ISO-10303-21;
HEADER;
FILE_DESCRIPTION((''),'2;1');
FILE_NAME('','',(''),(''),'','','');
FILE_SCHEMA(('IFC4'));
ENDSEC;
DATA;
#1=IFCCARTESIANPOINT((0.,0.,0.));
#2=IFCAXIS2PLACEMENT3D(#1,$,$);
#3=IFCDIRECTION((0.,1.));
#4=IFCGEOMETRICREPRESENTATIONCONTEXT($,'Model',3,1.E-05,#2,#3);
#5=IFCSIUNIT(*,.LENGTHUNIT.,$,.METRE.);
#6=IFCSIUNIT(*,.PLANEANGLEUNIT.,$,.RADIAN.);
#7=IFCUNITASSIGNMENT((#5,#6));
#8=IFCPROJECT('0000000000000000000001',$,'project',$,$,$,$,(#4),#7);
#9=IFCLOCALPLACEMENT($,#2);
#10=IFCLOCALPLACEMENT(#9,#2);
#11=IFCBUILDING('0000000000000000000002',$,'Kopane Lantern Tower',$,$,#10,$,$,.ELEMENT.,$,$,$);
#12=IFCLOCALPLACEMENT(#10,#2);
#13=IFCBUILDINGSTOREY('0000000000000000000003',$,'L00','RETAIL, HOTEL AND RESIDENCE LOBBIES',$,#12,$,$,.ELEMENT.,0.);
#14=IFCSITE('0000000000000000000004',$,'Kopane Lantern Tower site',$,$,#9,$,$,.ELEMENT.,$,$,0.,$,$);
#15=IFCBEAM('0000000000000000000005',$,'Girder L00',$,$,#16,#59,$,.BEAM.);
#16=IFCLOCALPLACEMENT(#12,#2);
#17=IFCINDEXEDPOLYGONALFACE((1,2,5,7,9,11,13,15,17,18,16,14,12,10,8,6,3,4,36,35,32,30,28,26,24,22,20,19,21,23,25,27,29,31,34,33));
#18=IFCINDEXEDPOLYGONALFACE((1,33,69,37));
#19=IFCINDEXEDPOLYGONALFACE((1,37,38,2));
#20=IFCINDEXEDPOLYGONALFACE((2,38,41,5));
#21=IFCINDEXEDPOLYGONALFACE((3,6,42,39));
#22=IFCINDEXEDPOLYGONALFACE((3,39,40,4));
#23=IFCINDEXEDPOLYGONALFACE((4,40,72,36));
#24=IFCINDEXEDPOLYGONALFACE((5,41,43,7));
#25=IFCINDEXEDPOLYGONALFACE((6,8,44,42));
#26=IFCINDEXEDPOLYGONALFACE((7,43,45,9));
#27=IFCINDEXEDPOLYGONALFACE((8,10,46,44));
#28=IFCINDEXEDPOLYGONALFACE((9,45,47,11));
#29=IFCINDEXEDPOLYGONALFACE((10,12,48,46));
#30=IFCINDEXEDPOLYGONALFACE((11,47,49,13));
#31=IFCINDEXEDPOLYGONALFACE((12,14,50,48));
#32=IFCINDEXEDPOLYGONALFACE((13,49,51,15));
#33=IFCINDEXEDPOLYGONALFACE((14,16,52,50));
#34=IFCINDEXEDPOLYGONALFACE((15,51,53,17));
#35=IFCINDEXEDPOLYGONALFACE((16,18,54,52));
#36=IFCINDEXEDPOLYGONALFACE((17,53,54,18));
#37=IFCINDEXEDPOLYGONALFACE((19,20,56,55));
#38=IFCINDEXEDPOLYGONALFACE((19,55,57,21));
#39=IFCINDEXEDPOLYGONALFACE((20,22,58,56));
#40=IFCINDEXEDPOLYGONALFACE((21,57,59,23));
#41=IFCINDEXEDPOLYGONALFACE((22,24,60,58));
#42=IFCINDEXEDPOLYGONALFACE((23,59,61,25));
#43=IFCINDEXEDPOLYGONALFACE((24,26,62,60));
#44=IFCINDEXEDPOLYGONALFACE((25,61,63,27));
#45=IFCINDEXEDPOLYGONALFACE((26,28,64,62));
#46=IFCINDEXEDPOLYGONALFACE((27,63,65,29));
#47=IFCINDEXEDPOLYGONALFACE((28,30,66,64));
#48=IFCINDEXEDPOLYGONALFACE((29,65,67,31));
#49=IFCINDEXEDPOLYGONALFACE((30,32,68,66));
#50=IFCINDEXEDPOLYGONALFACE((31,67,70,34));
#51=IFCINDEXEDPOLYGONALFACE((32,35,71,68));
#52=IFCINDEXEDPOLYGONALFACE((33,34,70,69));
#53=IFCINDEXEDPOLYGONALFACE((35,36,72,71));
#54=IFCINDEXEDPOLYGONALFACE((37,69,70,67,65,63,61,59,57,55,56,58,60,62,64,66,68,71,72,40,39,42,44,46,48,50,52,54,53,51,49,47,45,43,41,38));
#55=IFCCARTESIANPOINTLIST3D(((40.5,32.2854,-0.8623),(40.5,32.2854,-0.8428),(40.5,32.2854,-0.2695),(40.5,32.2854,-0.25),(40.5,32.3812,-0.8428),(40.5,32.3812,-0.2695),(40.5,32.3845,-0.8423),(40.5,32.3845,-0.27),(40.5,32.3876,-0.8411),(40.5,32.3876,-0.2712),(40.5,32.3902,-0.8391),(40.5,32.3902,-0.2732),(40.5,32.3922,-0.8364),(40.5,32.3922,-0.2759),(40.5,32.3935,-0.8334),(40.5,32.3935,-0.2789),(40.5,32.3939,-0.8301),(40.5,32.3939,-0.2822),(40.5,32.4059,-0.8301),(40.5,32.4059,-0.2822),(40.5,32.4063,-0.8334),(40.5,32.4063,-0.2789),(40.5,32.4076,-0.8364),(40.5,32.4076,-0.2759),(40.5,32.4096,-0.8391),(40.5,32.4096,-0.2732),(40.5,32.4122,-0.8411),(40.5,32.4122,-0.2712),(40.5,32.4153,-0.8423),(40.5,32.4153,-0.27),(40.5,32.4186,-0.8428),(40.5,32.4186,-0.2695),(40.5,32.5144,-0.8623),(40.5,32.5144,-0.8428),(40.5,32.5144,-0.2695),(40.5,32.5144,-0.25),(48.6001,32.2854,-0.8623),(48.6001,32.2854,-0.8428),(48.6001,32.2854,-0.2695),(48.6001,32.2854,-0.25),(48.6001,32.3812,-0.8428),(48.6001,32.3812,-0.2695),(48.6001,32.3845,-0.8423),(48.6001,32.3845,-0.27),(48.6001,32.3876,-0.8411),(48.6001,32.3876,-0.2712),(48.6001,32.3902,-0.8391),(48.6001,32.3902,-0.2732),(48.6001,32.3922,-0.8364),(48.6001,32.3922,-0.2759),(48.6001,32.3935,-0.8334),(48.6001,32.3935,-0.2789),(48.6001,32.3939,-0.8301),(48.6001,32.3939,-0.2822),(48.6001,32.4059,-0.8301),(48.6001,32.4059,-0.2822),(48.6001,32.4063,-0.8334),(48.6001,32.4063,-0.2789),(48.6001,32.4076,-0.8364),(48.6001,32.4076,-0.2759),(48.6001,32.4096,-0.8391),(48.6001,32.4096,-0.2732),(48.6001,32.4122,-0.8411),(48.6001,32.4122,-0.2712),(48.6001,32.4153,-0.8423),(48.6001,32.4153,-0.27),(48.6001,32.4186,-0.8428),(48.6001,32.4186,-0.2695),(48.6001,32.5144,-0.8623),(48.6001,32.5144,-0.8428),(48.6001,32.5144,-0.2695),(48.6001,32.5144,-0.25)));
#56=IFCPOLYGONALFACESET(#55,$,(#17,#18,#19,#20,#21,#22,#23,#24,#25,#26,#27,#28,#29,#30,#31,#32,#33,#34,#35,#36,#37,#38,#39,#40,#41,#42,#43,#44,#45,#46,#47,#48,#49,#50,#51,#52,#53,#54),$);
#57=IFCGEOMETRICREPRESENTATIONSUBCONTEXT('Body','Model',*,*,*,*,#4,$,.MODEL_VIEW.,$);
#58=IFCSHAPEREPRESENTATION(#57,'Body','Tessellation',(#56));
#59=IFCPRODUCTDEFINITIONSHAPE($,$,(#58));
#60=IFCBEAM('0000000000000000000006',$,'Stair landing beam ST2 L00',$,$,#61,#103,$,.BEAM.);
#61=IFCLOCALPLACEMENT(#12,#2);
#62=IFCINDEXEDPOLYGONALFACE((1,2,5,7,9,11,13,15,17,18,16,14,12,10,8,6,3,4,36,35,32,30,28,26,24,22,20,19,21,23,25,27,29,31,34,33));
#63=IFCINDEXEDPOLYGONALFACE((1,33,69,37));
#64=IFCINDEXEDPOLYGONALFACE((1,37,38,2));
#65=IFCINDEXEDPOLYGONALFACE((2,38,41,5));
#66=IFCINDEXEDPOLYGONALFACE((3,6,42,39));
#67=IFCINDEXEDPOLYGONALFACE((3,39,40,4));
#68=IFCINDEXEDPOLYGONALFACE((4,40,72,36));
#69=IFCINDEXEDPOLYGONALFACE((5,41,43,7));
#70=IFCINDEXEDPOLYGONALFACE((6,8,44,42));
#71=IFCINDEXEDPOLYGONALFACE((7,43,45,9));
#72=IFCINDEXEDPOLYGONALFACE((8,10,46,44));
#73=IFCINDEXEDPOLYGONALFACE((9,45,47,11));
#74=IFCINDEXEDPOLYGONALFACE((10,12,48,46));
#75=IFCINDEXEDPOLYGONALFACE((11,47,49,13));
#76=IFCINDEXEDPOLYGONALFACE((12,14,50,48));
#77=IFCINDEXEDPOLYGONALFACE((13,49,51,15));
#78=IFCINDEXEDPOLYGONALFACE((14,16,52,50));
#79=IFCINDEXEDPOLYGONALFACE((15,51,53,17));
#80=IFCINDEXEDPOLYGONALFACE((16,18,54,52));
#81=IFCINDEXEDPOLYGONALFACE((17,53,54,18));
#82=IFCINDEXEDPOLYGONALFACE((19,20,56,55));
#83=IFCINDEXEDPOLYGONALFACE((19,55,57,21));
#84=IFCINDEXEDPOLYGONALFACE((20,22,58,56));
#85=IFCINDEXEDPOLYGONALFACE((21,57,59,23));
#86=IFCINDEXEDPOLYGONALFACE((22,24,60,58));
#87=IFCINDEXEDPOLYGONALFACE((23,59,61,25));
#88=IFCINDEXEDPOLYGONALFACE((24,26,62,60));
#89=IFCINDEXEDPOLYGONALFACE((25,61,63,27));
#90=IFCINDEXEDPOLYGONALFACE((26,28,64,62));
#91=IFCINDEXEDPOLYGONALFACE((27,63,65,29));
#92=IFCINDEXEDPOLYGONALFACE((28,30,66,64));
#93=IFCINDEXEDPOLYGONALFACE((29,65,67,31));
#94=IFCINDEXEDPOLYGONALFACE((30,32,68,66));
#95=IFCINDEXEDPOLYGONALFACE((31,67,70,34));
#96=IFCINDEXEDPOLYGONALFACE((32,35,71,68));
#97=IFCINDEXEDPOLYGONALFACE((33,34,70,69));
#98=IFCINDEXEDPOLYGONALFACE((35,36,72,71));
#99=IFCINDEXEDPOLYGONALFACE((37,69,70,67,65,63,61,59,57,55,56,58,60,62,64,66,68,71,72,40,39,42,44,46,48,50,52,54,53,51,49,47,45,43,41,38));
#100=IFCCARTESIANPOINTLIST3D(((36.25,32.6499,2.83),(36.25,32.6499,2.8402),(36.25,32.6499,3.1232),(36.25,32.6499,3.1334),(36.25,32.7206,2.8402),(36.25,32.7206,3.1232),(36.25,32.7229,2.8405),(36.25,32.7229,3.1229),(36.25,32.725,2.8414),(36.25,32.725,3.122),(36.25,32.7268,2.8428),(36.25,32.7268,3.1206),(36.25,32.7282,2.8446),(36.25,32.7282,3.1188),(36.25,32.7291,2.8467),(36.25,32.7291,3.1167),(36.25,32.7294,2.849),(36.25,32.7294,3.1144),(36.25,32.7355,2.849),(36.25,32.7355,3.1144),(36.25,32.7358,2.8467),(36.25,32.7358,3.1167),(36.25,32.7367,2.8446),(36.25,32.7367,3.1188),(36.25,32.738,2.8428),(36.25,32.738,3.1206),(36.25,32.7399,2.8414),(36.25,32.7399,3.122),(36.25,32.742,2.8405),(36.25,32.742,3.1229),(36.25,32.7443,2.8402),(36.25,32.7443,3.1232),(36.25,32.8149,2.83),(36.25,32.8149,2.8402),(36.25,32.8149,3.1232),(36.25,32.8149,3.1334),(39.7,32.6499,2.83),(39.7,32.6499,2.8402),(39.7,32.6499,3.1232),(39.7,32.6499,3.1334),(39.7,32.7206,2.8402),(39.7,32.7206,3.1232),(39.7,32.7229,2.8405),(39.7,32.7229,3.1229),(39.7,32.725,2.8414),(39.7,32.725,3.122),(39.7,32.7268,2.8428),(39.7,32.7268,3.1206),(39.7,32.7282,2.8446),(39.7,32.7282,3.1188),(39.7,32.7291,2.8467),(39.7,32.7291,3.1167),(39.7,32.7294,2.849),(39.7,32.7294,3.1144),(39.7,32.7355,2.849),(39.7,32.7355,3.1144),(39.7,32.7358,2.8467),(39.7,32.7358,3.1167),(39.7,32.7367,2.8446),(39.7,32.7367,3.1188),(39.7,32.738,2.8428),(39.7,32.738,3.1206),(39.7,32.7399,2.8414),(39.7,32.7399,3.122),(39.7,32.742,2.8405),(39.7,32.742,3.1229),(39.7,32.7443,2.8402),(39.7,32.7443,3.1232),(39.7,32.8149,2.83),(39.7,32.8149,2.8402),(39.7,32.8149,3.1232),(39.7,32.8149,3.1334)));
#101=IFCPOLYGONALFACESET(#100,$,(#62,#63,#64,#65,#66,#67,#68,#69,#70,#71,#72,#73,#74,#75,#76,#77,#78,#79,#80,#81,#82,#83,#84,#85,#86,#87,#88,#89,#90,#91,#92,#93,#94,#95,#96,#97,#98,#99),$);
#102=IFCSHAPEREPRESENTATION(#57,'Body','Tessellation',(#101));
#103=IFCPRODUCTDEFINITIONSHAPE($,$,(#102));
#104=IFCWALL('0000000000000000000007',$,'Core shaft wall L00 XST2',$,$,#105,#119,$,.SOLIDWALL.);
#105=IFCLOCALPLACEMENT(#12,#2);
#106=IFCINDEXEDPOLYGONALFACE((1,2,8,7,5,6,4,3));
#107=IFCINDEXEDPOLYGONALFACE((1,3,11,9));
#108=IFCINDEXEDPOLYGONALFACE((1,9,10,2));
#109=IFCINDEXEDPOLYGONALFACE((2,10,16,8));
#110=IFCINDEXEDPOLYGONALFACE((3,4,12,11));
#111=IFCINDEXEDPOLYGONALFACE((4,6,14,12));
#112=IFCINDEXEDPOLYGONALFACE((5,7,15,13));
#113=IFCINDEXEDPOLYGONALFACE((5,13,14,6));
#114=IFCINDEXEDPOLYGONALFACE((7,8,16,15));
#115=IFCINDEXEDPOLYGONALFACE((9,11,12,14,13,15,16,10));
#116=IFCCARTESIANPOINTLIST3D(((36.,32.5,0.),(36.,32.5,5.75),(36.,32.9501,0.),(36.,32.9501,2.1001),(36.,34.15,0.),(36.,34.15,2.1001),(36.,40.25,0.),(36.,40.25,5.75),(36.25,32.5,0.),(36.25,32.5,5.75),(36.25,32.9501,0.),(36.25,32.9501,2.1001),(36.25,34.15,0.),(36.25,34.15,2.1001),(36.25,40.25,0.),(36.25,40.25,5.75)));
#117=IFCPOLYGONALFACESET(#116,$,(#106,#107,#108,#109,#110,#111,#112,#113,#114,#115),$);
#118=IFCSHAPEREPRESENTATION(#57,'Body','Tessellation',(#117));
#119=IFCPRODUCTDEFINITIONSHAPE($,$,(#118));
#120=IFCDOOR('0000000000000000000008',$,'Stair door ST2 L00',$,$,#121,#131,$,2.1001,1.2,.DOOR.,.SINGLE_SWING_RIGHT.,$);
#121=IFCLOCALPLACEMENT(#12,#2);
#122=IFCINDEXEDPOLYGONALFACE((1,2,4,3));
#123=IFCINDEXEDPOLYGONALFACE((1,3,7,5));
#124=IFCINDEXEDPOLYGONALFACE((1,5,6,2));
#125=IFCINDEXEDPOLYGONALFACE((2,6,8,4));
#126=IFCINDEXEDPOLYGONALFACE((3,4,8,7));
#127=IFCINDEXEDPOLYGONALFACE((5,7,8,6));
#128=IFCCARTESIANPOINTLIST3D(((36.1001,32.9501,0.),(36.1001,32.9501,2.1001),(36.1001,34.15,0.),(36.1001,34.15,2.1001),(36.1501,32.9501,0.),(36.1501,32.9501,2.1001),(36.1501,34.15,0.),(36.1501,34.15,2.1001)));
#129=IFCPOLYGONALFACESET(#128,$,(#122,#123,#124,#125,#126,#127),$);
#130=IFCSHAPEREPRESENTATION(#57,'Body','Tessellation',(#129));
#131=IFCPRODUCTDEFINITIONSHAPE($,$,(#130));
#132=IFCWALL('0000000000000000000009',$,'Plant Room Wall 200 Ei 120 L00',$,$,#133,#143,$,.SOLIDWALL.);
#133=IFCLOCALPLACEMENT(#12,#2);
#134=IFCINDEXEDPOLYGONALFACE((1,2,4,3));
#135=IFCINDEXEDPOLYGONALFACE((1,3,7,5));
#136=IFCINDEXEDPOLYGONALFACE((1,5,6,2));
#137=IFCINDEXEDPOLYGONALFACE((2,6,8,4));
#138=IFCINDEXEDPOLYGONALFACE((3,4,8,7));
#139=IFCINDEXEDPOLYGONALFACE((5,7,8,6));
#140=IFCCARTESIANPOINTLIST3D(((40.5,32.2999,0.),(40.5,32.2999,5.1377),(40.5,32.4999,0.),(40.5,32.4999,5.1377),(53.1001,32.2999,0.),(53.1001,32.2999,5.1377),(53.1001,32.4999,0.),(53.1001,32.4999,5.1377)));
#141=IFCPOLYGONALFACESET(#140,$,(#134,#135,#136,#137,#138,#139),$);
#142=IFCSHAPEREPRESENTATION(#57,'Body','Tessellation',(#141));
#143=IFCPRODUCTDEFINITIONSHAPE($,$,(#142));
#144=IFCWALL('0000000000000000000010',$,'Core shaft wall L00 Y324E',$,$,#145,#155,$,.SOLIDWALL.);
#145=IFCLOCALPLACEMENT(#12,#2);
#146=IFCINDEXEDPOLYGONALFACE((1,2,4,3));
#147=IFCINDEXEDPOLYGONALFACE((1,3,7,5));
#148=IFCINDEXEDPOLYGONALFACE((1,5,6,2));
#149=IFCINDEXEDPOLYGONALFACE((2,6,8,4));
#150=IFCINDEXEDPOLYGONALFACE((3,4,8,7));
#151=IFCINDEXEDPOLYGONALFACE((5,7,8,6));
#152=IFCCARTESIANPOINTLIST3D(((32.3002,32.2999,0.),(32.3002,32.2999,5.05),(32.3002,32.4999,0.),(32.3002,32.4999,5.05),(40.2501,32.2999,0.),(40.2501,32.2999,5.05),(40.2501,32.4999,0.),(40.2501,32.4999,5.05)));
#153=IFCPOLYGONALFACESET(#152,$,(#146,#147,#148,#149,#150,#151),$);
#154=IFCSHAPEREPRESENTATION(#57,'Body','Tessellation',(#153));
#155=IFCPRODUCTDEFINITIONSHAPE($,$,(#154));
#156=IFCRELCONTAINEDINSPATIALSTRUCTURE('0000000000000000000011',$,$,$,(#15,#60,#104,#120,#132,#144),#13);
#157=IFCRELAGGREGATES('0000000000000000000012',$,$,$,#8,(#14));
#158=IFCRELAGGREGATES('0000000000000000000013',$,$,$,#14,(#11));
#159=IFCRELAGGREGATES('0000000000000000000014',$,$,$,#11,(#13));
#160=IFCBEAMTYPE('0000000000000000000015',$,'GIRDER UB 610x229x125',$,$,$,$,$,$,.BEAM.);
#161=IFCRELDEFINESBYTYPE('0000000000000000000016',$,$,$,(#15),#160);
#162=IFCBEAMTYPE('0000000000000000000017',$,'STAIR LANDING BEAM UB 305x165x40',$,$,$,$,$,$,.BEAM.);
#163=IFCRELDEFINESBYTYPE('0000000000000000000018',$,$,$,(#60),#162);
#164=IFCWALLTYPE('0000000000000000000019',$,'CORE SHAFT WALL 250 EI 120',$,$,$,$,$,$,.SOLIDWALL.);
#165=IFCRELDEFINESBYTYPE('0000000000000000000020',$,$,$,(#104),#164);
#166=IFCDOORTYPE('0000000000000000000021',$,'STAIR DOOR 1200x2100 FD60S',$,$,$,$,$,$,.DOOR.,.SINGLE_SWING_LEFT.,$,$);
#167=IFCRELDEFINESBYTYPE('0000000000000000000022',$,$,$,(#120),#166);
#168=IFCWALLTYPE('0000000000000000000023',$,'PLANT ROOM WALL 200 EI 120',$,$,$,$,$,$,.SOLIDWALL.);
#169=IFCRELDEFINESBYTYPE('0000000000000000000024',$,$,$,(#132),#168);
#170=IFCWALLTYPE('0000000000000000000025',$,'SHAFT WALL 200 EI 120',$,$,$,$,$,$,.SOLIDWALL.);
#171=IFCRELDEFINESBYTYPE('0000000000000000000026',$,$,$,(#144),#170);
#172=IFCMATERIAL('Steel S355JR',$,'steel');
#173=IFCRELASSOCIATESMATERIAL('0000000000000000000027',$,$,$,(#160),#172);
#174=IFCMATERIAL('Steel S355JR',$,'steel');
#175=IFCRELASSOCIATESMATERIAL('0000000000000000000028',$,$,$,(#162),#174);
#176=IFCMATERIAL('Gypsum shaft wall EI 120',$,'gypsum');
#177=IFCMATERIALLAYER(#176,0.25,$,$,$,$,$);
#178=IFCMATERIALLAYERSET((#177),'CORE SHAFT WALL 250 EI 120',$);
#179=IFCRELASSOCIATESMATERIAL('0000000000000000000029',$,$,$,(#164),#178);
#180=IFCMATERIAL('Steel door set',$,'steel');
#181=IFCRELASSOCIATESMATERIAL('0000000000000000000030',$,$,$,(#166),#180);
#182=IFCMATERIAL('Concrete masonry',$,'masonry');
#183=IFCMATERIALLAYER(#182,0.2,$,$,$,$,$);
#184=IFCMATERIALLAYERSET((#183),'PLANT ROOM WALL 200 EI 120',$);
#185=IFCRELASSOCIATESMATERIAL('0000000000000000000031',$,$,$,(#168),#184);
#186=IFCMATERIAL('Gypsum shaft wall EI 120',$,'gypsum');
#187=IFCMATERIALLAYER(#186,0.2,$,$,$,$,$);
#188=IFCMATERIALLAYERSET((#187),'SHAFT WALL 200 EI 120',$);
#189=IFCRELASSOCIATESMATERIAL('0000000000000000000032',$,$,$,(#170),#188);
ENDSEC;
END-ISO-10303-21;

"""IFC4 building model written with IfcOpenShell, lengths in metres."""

from ifc_helpers import new_model, si_unit, direction, frame, frame_2d, origin, origin_2d, place, context, subcontext, project, spatial, rectangle, i_section, extrude, material, layer, layer_set, material_profile, profile_set, type_object, element, fill, save


model = new_model("IFC4")

# Units and contexts
model_context = context("Model", 3, precision=1e-05, world=origin(), true_north=direction((0.0, 1.0)))
body_context = subcontext(model_context, "Body", "Model", "MODEL_VIEW")
ifc_project = project(units=[si_unit("LENGTHUNIT", "METRE"), si_unit("PLANEANGLEUNIT", "RADIAN")], contexts=[model_context])

# Site, building, storey
site_placement = place(None, origin())
site = spatial("IfcSite", under=ifc_project, at=site_placement, Name="Kopane Lantern Tower site", CompositionType="ELEMENT", RefElevation=0.0)
building_placement = place(site_placement, origin())
building = spatial("IfcBuilding", under=site, at=building_placement, Name="Kopane Lantern Tower", CompositionType="ELEMENT")
storey_placement = place(building_placement, origin())
storey = spatial("IfcBuildingStorey", under=building, at=storey_placement, Name="L00", Description="RETAIL, HOTEL AND RESIDENCE LOBBIES", CompositionType="ELEMENT", Elevation=0.0)

# Beams
ifc_material_1 = material(Name="Steel S355JR", Category="steel")
ifc_material_profile_1 = material_profile(ifc_material_1, i_section(OverallWidth=0.229, OverallDepth=0.6123, WebThickness=0.012, FlangeThickness=0.0195, FilletRadius=0.0127, at=origin_2d()), Name="UB 610x229x125")
ifc_profile_set_1 = profile_set([ifc_material_profile_1], Name="Steel S355JR")
beam_type_1 = type_object("IfcBeamType", Name="GIRDER UB 610x229x125", PredefinedType="BEAM", material=ifc_profile_set_1)
for number, where, z_axis, x_axis, name in (
    (1, (40.5, 32.3999, -0.5562), (1.0, 0.0, 0.0), (0.0, 1.0, 0.0), "Girder L00"),
):
    element("IfcBeam", number, at=place(storey_placement, frame(where, z_axis=z_axis, x_axis=x_axis)), inside=storey, type_object=beam_type_1, Name=name, PredefinedType="BEAM", context=body_context, shape_type="SweptSolid", body=[
        extrude(i_section(OverallWidth=0.229, OverallDepth=0.6123, WebThickness=0.012, FlangeThickness=0.0195, FilletRadius=0.0127, at=origin_2d()), origin(), (0.0, 0.0, 1.0), 8.1001),
    ])
ifc_material_2 = material(Name="Steel S355JR", Category="steel")
ifc_material_profile_2 = material_profile(ifc_material_2, i_section(OverallWidth=0.165, OverallDepth=0.3035, WebThickness=0.0061, FlangeThickness=0.0103, FilletRadius=0.0088, at=origin_2d()), Name="UB 305x165x40")
ifc_profile_set_2 = profile_set([ifc_material_profile_2], Name="Steel S355JR")
beam_type_2 = type_object("IfcBeamType", Name="STAIR LANDING BEAM UB 305x165x40", PredefinedType="BEAM", material=ifc_profile_set_2)
beam_1_placement = place(storey_placement, frame((39.7, 32.7324, 2.9817), z_axis=(-1.0, 0.0, 0.0), x_axis=(0.0, -1.0, 0.0)))
element("IfcBeam", 2, at=beam_1_placement, inside=storey, type_object=beam_type_2, Name="Stair landing beam ST2 L00", PredefinedType="BEAM", context=body_context, shape_type="SweptSolid", body=[
    extrude(i_section(OverallWidth=0.165, OverallDepth=0.3035, WebThickness=0.0061, FlangeThickness=0.0103, FilletRadius=0.0088, at=origin_2d()), origin(), (0.0, 0.0, 1.0), 3.45),
])

# Wall, opening, door
ifc_material_3 = material(Name="Gypsum shaft wall EI 120", Category="gypsum")
ifc_layer_1 = layer(ifc_material_3, 0.25)
ifc_layer_set_1 = layer_set([ifc_layer_1], Name="CORE SHAFT WALL 250 EI 120")
wall_type_1 = type_object("IfcWallType", Name="CORE SHAFT WALL 250 EI 120", PredefinedType="SOLIDWALL", material=ifc_layer_set_1)
wall_1_placement = place(storey_placement, frame((36.125, 32.5, 0.0), z_axis=(0.0, 0.0, 1.0), x_axis=(0.0, 1.0, 0.0)))
wall_1 = element("IfcWall", 3, at=wall_1_placement, inside=storey, type_object=wall_type_1, Name="Core shaft wall L00 XST2", PredefinedType="SOLIDWALL", context=body_context, shape_type="SweptSolid", body=[
    extrude(rectangle(XDim=7.75, YDim=0.25, at=frame_2d((3.875, 0.0))), origin(), (0.0, 0.0, 1.0), 5.75),
])
opening_1_placement = place(wall_1_placement, frame((0.45, 0.0, 0.0)))
opening_1 = element("IfcOpeningElement", 4, at=opening_1_placement, cuts=wall_1, PredefinedType="OPENING", context=body_context, shape_type="SweptSolid", body=[
    extrude(rectangle(XDim=1.2, YDim=2.1001, at=frame_2d((0.6001, 1.05))), frame((0.0, 0.135, 0.0), z_axis=(0.0, -1.0, 0.0), x_axis=(1.0, 0.0, 0.0)), (0.0, 0.0, 1.0), 0.27),
])
ifc_material_4 = material(Name="Steel door set", Category="steel")
door_type_1 = type_object("IfcDoorType", Name="STAIR DOOR 1200x2100 FD60S", OperationType="SINGLE_SWING_LEFT", PredefinedType="DOOR", material=ifc_material_4)
door_1_placement = place(opening_1_placement, origin())
door_1 = element("IfcDoor", 5, at=door_1_placement, inside=storey, type_object=door_type_1, Name="Stair door ST2 L00", OperationType="SINGLE_SWING_RIGHT", OverallHeight=2.1001, OverallWidth=1.2, PredefinedType="DOOR", context=body_context, shape_type="SweptSolid", body=[
    extrude(rectangle(XDim=1.2, YDim=2.1001, at=frame_2d((0.6001, 1.05))), frame((0.0, 0.0249, 0.0), z_axis=(0.0, -1.0, 0.0), x_axis=(1.0, 0.0, 0.0)), (0.0, 0.0, 1.0), 0.05),
])
fill(opening_1, door_1)

# Walls
ifc_material_5 = material(Name="Concrete masonry", Category="masonry")
ifc_layer_2 = layer(ifc_material_5, 0.2)
ifc_layer_set_2 = layer_set([ifc_layer_2], Name="PLANT ROOM WALL 200 EI 120")
wall_type_2 = type_object("IfcWallType", Name="PLANT ROOM WALL 200 EI 120", PredefinedType="SOLIDWALL", material=ifc_layer_set_2)
wall_2_placement = place(storey_placement, frame((40.5, 32.3999, 0.0), z_axis=(0.0, 0.0, 1.0), x_axis=(1.0, 0.0, 0.0)))
element("IfcWall", 6, at=wall_2_placement, inside=storey, type_object=wall_type_2, Name="Plant Room Wall 200 Ei 120 L00", PredefinedType="SOLIDWALL", context=body_context, shape_type="SweptSolid", body=[
    extrude(rectangle(XDim=12.6001, YDim=0.2, at=frame_2d((6.3, 0.0))), origin(), (0.0, 0.0, 1.0), 5.1377),
])
ifc_material_6 = material(Name="Gypsum shaft wall EI 120", Category="gypsum")
ifc_layer_3 = layer(ifc_material_6, 0.2)
ifc_layer_set_3 = layer_set([ifc_layer_3], Name="SHAFT WALL 200 EI 120")
wall_type_3 = type_object("IfcWallType", Name="SHAFT WALL 200 EI 120", PredefinedType="SOLIDWALL", material=ifc_layer_set_3)
wall_3_placement = place(storey_placement, frame((32.3, 32.3999, 0.0), z_axis=(0.0, 0.0, 1.0), x_axis=(1.0, 0.0, 0.0)))
element("IfcWall", 7, at=wall_3_placement, inside=storey, type_object=wall_type_3, Name="Core shaft wall L00 Y324E", PredefinedType="SOLIDWALL", context=body_context, shape_type="SweptSolid", body=[
    extrude(rectangle(XDim=7.95, YDim=0.2, at=frame_2d((3.9751, 0.0))), origin(), (0.0, 0.0, 1.0), 5.05),
])

save(model, "model.ifc")
